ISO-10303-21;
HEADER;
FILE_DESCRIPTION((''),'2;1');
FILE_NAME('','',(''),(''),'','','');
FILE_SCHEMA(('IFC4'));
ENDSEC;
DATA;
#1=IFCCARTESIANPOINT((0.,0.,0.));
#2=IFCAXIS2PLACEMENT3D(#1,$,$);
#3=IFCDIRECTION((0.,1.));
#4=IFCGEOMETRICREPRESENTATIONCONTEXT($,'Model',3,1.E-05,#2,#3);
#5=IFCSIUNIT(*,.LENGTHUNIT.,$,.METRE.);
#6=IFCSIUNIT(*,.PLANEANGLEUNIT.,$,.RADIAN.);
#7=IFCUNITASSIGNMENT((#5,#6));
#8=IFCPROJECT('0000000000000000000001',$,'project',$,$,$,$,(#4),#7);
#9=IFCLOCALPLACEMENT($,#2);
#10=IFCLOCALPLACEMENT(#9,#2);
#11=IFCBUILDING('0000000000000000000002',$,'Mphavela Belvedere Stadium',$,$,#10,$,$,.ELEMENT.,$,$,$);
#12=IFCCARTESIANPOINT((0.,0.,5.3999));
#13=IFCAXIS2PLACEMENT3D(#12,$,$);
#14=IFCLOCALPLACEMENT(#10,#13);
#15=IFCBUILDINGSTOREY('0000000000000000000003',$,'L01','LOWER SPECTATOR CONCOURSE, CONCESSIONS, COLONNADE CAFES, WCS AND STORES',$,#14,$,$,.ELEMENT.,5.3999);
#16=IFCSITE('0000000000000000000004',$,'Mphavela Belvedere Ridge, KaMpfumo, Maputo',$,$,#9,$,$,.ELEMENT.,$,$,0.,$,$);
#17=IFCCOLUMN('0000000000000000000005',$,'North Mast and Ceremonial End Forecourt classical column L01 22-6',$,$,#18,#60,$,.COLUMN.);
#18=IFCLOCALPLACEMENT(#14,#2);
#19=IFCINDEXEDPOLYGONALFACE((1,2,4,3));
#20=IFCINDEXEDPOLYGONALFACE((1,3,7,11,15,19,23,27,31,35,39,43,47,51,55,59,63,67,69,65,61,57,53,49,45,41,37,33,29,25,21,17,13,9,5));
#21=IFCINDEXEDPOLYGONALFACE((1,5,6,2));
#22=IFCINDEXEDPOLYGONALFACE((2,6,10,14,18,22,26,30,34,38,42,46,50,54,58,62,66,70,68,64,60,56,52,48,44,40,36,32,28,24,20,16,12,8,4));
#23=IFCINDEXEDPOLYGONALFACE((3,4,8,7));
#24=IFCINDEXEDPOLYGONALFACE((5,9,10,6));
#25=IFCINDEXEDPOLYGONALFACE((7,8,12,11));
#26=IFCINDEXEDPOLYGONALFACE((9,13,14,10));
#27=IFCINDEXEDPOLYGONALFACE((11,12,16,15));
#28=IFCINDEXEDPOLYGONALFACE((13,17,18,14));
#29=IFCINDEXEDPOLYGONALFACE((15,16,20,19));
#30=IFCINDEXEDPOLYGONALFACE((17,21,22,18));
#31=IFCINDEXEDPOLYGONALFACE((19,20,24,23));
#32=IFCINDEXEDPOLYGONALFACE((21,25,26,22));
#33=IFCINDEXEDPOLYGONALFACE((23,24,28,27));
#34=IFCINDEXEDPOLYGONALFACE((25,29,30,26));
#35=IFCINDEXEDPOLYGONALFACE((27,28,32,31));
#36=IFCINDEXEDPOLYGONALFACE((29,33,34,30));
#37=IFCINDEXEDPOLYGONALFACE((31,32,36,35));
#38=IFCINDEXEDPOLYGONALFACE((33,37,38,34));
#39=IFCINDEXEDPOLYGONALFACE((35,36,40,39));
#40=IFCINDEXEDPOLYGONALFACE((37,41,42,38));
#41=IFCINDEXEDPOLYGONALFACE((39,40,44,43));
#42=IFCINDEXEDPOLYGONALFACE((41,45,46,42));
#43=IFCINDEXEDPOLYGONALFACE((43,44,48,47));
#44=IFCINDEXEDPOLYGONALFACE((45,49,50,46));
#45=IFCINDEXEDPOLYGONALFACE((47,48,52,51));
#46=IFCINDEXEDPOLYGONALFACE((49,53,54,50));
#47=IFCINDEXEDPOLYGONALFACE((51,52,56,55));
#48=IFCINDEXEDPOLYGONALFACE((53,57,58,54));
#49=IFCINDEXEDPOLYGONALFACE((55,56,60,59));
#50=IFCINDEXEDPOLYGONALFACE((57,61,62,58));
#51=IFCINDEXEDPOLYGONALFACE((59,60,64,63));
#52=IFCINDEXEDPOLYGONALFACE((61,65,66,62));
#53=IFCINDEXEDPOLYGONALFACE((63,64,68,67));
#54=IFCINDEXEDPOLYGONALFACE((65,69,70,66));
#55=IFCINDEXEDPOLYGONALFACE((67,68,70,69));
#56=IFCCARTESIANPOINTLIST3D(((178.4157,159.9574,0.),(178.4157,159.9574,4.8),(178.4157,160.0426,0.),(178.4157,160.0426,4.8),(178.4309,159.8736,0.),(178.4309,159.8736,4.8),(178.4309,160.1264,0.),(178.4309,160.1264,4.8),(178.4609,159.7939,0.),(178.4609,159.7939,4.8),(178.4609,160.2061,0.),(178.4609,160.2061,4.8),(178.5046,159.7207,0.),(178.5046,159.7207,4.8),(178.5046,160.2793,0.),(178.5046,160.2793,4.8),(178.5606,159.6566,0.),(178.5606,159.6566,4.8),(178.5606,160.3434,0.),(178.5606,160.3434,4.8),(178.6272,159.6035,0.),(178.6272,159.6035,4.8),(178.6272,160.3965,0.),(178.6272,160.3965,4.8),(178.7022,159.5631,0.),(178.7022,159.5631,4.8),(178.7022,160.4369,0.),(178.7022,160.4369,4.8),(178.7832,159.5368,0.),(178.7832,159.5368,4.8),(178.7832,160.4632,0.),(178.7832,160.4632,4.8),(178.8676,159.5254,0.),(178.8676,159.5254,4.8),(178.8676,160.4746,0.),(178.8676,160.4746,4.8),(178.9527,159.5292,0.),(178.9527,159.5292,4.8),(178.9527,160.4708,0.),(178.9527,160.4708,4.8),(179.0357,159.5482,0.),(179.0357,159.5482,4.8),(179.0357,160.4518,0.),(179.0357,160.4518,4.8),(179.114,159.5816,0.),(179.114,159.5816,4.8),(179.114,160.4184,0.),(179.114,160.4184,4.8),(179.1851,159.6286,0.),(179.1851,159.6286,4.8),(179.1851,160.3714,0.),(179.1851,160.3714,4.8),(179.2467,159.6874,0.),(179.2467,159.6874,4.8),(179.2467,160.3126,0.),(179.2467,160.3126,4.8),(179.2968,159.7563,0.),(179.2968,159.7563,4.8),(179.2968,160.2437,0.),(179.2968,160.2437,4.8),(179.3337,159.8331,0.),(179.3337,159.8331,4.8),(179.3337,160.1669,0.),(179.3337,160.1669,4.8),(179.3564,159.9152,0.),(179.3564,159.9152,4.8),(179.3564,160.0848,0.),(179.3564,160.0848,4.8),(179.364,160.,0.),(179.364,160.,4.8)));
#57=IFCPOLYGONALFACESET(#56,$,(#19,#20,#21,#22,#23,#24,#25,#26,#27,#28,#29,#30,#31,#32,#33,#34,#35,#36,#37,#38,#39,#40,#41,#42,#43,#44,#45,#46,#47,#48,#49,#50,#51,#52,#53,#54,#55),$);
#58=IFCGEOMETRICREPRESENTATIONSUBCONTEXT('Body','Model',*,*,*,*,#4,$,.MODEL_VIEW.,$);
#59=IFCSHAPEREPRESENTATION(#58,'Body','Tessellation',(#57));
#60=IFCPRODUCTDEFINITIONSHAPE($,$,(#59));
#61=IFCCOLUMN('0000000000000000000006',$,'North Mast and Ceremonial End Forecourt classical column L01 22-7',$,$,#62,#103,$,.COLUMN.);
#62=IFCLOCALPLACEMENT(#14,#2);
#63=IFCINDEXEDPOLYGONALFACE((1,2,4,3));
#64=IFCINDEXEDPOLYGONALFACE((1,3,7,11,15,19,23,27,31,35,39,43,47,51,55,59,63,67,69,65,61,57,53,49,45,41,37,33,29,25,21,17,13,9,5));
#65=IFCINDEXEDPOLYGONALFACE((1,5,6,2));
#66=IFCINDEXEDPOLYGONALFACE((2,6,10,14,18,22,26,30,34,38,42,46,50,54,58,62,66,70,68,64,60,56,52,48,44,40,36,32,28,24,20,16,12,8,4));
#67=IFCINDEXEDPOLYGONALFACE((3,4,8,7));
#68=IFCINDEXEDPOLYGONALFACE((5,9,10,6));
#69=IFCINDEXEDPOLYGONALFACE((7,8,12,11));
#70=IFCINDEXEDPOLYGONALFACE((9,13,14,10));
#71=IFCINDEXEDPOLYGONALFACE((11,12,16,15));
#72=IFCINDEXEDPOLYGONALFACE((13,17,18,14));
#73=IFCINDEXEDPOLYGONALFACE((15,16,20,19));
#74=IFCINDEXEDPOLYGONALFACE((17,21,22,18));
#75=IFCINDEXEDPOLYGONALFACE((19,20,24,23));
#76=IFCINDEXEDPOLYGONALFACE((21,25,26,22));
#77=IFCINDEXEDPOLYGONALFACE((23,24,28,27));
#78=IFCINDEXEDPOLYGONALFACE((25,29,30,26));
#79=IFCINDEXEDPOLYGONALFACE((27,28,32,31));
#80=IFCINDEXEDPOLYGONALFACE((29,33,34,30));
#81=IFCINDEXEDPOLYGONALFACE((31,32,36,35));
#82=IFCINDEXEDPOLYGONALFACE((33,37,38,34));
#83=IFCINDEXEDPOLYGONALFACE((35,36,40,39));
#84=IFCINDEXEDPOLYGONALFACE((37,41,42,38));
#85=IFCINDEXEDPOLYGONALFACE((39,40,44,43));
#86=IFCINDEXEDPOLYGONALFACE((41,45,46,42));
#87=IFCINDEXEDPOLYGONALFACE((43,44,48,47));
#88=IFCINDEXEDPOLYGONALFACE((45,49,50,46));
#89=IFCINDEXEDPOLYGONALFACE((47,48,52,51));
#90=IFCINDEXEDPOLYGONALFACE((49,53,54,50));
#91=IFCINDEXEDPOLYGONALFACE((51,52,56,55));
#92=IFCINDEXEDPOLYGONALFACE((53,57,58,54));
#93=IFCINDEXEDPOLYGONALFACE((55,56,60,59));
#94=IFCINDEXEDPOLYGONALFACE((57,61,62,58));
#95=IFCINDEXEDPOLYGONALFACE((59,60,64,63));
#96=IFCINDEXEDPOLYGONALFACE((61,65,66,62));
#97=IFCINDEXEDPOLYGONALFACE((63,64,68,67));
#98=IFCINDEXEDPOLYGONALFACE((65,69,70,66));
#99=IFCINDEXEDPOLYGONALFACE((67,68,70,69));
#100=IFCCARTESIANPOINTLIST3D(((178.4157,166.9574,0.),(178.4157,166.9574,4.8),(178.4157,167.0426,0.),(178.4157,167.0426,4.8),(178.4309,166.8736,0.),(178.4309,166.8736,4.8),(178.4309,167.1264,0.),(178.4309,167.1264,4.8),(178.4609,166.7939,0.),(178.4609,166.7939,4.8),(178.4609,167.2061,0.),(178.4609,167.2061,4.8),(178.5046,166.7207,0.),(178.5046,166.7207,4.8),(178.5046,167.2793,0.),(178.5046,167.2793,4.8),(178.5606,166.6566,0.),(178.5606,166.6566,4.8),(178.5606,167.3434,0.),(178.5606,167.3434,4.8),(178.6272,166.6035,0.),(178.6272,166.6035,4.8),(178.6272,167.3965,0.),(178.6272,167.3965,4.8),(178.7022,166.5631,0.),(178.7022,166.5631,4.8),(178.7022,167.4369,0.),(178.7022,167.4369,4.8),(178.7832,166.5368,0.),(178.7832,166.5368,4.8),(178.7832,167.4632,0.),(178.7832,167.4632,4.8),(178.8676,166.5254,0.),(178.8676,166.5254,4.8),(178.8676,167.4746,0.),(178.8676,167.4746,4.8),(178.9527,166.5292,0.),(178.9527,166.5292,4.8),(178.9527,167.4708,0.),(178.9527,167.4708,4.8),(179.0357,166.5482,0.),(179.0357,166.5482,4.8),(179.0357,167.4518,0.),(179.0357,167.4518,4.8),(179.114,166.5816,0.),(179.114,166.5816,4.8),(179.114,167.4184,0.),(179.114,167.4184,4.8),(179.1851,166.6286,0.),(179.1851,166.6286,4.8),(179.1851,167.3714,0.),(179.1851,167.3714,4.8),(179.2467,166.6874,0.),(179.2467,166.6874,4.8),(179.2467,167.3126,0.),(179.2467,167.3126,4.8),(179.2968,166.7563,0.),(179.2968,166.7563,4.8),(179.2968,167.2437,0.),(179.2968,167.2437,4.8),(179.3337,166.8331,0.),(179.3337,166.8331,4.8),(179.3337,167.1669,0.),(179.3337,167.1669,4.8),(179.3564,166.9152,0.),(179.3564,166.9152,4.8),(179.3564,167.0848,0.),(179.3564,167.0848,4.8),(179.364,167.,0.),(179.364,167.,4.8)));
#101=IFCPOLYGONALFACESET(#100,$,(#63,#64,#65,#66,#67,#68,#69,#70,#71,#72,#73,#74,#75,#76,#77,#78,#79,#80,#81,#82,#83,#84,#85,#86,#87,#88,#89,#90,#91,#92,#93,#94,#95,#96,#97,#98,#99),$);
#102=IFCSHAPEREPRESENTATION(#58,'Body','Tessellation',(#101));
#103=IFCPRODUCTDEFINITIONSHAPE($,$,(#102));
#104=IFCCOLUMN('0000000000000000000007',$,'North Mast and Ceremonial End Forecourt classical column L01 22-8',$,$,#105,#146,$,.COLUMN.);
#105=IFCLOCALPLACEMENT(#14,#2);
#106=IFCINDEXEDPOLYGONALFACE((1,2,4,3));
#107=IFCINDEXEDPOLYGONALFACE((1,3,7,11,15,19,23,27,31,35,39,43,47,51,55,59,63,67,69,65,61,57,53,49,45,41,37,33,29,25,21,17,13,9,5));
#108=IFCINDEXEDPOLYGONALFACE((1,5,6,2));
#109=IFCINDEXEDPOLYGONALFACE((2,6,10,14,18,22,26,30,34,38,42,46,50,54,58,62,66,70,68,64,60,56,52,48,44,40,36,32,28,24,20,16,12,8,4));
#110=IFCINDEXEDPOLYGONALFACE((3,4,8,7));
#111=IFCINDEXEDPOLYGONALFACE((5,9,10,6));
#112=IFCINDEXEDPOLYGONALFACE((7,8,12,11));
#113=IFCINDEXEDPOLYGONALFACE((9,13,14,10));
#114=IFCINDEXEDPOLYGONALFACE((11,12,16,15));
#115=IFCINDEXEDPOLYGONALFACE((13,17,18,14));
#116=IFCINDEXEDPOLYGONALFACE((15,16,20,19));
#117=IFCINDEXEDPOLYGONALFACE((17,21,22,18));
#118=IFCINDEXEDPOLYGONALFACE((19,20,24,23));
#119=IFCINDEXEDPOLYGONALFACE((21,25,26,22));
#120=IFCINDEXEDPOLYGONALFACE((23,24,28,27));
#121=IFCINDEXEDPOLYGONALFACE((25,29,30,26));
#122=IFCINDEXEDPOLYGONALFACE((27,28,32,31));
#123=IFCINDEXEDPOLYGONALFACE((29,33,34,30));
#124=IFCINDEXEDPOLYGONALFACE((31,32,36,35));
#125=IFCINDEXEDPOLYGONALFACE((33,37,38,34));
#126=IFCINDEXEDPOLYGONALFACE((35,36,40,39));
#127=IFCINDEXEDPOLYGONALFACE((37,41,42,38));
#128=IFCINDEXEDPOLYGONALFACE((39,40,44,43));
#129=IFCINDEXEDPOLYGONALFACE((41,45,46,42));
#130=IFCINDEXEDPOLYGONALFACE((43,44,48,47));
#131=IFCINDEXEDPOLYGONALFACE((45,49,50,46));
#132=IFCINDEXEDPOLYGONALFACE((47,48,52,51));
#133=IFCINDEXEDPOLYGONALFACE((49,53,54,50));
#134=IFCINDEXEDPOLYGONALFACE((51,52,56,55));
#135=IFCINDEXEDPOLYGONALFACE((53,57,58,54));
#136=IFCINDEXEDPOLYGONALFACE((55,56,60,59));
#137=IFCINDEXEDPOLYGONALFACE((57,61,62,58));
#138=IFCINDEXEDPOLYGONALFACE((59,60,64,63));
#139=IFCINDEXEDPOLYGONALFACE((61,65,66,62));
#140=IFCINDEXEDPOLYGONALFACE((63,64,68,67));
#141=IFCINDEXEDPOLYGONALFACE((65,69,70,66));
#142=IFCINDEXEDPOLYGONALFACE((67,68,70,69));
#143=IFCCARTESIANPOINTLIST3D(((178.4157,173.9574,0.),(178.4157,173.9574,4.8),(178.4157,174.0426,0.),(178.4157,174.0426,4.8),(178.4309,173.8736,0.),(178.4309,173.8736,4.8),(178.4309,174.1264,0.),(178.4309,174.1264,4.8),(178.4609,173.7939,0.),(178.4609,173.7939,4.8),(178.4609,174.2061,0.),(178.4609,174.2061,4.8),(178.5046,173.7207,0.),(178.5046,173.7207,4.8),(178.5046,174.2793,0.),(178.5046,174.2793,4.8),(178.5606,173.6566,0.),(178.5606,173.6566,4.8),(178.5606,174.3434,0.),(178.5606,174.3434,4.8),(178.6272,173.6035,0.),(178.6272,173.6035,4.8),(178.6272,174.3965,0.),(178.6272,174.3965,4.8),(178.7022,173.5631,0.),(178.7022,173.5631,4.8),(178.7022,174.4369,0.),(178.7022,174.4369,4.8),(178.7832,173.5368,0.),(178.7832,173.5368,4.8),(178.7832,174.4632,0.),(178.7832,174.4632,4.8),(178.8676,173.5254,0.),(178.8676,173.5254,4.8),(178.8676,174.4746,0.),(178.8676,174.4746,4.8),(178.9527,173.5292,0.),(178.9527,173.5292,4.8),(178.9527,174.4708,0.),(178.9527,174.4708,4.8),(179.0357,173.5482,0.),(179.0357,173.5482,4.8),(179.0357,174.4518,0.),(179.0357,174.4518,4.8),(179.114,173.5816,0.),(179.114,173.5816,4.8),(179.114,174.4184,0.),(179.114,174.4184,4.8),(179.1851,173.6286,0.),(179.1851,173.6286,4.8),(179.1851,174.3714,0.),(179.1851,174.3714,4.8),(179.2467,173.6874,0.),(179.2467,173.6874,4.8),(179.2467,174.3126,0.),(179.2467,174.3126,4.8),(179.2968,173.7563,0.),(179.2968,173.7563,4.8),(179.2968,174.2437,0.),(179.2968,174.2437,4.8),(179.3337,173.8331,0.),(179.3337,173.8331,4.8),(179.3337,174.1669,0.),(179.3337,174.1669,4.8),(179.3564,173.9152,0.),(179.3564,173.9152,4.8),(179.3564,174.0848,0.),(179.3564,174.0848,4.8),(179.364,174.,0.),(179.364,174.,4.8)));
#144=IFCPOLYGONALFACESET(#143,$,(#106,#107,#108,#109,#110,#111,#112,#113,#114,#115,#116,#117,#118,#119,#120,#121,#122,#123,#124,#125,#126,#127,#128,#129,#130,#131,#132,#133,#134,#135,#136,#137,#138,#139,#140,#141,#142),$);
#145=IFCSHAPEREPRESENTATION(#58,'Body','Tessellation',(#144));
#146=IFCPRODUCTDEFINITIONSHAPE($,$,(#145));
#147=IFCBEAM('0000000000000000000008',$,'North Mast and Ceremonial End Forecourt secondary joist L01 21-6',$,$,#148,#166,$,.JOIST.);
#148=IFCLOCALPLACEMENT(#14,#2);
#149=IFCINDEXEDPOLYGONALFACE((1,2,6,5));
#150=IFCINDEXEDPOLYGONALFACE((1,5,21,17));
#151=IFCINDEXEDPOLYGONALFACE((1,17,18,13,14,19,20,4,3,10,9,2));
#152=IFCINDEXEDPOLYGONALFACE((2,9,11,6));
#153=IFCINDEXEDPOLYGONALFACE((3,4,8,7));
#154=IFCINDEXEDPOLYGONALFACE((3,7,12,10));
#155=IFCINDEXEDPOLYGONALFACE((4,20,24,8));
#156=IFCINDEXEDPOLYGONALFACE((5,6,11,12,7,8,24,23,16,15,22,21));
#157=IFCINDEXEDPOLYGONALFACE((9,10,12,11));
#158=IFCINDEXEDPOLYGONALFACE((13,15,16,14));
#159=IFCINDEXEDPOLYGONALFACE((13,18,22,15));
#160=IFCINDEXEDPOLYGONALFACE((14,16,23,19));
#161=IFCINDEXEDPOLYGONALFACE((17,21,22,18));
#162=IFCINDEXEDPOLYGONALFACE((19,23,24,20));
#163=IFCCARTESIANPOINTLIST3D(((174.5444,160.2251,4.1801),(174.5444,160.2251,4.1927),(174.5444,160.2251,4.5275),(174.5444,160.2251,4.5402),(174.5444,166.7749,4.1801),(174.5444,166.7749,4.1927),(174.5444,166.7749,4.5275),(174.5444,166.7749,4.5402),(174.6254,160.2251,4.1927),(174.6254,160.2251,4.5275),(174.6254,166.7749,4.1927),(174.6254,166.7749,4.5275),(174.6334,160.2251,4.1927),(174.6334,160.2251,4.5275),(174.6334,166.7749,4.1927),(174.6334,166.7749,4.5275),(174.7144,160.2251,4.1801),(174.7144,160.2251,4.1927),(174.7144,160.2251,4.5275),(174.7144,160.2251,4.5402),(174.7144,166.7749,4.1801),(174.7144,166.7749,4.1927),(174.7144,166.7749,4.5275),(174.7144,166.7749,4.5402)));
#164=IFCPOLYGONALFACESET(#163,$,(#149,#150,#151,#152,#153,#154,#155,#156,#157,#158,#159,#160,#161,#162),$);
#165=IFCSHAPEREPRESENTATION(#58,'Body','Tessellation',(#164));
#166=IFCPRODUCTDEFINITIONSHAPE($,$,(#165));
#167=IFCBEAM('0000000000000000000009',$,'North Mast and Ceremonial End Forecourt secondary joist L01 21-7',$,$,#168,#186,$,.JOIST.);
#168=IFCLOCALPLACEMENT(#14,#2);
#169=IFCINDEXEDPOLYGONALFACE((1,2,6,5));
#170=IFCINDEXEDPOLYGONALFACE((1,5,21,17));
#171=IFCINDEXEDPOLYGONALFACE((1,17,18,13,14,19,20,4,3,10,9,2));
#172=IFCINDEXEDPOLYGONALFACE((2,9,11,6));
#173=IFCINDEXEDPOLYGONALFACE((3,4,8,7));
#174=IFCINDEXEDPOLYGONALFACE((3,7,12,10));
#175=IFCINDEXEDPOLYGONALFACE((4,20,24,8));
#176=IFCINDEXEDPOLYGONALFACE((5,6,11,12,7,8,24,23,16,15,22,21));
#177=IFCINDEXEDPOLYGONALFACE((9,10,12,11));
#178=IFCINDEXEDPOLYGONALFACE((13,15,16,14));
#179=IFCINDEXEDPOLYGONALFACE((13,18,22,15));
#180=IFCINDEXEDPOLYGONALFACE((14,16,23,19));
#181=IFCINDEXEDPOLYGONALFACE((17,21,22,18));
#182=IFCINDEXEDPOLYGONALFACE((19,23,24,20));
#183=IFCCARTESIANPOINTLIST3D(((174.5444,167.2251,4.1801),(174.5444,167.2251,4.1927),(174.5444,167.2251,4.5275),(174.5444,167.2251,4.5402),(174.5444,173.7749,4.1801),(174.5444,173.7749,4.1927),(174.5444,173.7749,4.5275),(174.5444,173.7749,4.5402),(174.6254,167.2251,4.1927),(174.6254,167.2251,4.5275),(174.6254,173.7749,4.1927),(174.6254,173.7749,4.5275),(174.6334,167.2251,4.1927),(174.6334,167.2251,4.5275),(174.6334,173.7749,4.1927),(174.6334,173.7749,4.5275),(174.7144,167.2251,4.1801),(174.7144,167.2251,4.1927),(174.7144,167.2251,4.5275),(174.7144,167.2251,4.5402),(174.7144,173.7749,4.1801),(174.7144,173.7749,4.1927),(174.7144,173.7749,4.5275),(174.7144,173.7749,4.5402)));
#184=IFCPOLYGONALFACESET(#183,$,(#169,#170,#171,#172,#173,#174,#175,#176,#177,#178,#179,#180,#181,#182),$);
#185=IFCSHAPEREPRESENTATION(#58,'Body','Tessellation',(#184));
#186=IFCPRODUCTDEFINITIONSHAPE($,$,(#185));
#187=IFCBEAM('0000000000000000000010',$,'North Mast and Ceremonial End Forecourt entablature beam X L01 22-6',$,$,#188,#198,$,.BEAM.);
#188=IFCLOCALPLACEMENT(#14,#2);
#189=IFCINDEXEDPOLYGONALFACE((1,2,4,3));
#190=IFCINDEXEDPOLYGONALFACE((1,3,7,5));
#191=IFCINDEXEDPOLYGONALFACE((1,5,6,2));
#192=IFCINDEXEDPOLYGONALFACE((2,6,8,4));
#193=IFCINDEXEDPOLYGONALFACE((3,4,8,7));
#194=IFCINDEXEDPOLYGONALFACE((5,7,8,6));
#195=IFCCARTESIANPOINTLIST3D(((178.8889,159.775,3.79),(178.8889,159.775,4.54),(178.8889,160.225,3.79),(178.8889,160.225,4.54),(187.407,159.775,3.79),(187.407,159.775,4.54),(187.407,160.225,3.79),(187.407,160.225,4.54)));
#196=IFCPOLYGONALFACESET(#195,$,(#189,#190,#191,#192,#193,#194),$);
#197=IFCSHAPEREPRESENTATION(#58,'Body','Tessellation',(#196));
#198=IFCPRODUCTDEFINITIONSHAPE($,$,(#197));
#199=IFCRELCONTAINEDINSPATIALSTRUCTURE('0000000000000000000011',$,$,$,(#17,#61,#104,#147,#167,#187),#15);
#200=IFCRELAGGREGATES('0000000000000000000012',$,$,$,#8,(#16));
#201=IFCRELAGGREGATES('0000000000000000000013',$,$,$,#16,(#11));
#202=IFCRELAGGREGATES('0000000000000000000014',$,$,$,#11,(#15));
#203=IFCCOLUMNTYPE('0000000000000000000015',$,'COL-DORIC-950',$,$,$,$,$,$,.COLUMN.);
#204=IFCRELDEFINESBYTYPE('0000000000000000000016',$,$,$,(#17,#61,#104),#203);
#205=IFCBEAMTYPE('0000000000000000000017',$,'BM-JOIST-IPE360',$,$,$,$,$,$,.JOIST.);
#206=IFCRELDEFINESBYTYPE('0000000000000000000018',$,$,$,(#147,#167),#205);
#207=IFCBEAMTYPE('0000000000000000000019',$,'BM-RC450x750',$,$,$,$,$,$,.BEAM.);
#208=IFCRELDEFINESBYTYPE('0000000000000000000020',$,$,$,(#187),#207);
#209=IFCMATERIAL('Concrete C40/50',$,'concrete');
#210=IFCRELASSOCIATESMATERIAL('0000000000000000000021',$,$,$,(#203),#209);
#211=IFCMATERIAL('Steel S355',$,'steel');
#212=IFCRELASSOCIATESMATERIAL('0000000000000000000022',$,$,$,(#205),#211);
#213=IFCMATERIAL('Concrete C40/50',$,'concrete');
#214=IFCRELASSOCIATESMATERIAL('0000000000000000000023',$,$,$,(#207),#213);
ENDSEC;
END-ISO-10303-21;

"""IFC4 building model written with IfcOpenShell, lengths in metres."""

from ifc_helpers import new_model, si_unit, direction, frame, origin, origin_2d, place, context, subcontext, project, spatial, rectangle, circle, i_section, extrude, material, material_profile, profile_set, type_object, element, save


model = new_model("IFC4")

# Units and contexts
model_context = context("Model", 3, precision=1e-05, world=origin(), true_north=direction((0.0, 1.0)))
body_context = subcontext(model_context, "Body", "Model", "MODEL_VIEW")
ifc_project = project(units=[si_unit("LENGTHUNIT", "METRE"), si_unit("PLANEANGLEUNIT", "RADIAN")], contexts=[model_context])

# Site, building, storey
site_placement = place(None, origin())
site = spatial("IfcSite", under=ifc_project, at=site_placement, Name="Mphavela Belvedere Ridge, KaMpfumo, Maputo", CompositionType="ELEMENT", RefElevation=0.0)
building_placement = place(site_placement, origin())
building = spatial("IfcBuilding", under=site, at=building_placement, Name="Mphavela Belvedere Stadium", CompositionType="ELEMENT")
storey_placement = place(building_placement, frame((0.0, 0.0, 5.3999)))
storey = spatial("IfcBuildingStorey", under=building, at=storey_placement, Name="L01", Description="LOWER SPECTATOR CONCOURSE, CONCESSIONS, COLONNADE CAFES, WCS AND STORES", CompositionType="ELEMENT", Elevation=5.3999)

# Columns
ifc_material_1 = material(Name="Concrete C40/50", Category="concrete")
ifc_material_profile_1 = material_profile(ifc_material_1, circle(Radius=0.4751, at=origin_2d()), Name="COL D950")
ifc_profile_set_1 = profile_set([ifc_material_profile_1], Name="Concrete C40/50")
column_type = type_object("IfcColumnType", Name="COL-DORIC-950", PredefinedType="COLUMN", material=ifc_profile_set_1)
for number, where, z_axis, x_axis, name in (
    (1, (178.8889, 160.0, 0.0), (0.0, 0.0, 1.0), (1.0, 0.0, 0.0), "North Mast and Ceremonial End Forecourt classical column L01 22-6"),
    (2, (178.8889, 167.0, 0.0), (0.0, 0.0, 1.0), (1.0, 0.0, 0.0), "North Mast and Ceremonial End Forecourt classical column L01 22-7"),
    (3, (178.8889, 174.0, 0.0), (0.0, 0.0, 1.0), (1.0, 0.0, 0.0), "North Mast and Ceremonial End Forecourt classical column L01 22-8"),
):
    element("IfcColumn", number, at=place(storey_placement, frame(where, z_axis=z_axis, x_axis=x_axis)), inside=storey, type_object=column_type, Name=name, PredefinedType="COLUMN", context=body_context, shape_type="SweptSolid", body=[
        extrude(circle(Radius=0.4751, at=origin_2d()), origin(), (0.0, 0.0, 1.0), 4.8),
    ])

# Beams
ifc_material_2 = material(Name="Steel S355", Category="steel")
ifc_material_profile_2 = material_profile(ifc_material_2, i_section(OverallWidth=0.1699, OverallDepth=0.3601, WebThickness=0.0081, FlangeThickness=0.0127, at=origin_2d()), Name="IPE 360")
ifc_profile_set_2 = profile_set([ifc_material_profile_2], Name="Steel S355")
beam_type_1 = type_object("IfcBeamType", Name="BM-JOIST-IPE360", PredefinedType="JOIST", material=ifc_profile_set_2)
for number, where, z_axis, x_axis, name in (
    (4, (174.6294, 160.2251, 4.3601), (0.0, 1.0, 0.0), (-1.0, 0.0, 0.0), "North Mast and Ceremonial End Forecourt secondary joist L01 21-6"),
    (5, (174.6294, 167.2251, 4.3601), (0.0, 1.0, 0.0), (-1.0, 0.0, 0.0), "North Mast and Ceremonial End Forecourt secondary joist L01 21-7"),
):
    element("IfcBeam", number, at=place(storey_placement, frame(where, z_axis=z_axis, x_axis=x_axis)), inside=storey, type_object=beam_type_1, Name=name, PredefinedType="JOIST", context=body_context, shape_type="SweptSolid", body=[
        extrude(i_section(OverallWidth=0.1699, OverallDepth=0.3601, WebThickness=0.0081, FlangeThickness=0.0127, at=origin_2d()), origin(), (0.0, 0.0, 1.0), 6.5498),
    ])
ifc_material_3 = material(Name="Concrete C40/50", Category="concrete")
ifc_material_profile_3 = material_profile(ifc_material_3, rectangle(XDim=0.45, YDim=0.75, at=origin_2d()), Name="RC 450x750")
ifc_profile_set_3 = profile_set([ifc_material_profile_3], Name="Concrete C40/50")
beam_type_2 = type_object("IfcBeamType", Name="BM-RC450x750", PredefinedType="BEAM", material=ifc_profile_set_3)
beam_1_placement = place(storey_placement, frame((178.8889, 160.0, 4.165), z_axis=(1.0, 0.0, 0.0), x_axis=(0.0, 1.0, 0.0)))
element("IfcBeam", 6, at=beam_1_placement, inside=storey, type_object=beam_type_2, Name="North Mast and Ceremonial End Forecourt entablature beam X L01 22-6", PredefinedType="BEAM", context=body_context, shape_type="SweptSolid", body=[
    extrude(rectangle(XDim=0.45, YDim=0.75, at=origin_2d()), origin(), (0.0, 0.0, 1.0), 8.5181),
])

save(model, "model.ifc")
